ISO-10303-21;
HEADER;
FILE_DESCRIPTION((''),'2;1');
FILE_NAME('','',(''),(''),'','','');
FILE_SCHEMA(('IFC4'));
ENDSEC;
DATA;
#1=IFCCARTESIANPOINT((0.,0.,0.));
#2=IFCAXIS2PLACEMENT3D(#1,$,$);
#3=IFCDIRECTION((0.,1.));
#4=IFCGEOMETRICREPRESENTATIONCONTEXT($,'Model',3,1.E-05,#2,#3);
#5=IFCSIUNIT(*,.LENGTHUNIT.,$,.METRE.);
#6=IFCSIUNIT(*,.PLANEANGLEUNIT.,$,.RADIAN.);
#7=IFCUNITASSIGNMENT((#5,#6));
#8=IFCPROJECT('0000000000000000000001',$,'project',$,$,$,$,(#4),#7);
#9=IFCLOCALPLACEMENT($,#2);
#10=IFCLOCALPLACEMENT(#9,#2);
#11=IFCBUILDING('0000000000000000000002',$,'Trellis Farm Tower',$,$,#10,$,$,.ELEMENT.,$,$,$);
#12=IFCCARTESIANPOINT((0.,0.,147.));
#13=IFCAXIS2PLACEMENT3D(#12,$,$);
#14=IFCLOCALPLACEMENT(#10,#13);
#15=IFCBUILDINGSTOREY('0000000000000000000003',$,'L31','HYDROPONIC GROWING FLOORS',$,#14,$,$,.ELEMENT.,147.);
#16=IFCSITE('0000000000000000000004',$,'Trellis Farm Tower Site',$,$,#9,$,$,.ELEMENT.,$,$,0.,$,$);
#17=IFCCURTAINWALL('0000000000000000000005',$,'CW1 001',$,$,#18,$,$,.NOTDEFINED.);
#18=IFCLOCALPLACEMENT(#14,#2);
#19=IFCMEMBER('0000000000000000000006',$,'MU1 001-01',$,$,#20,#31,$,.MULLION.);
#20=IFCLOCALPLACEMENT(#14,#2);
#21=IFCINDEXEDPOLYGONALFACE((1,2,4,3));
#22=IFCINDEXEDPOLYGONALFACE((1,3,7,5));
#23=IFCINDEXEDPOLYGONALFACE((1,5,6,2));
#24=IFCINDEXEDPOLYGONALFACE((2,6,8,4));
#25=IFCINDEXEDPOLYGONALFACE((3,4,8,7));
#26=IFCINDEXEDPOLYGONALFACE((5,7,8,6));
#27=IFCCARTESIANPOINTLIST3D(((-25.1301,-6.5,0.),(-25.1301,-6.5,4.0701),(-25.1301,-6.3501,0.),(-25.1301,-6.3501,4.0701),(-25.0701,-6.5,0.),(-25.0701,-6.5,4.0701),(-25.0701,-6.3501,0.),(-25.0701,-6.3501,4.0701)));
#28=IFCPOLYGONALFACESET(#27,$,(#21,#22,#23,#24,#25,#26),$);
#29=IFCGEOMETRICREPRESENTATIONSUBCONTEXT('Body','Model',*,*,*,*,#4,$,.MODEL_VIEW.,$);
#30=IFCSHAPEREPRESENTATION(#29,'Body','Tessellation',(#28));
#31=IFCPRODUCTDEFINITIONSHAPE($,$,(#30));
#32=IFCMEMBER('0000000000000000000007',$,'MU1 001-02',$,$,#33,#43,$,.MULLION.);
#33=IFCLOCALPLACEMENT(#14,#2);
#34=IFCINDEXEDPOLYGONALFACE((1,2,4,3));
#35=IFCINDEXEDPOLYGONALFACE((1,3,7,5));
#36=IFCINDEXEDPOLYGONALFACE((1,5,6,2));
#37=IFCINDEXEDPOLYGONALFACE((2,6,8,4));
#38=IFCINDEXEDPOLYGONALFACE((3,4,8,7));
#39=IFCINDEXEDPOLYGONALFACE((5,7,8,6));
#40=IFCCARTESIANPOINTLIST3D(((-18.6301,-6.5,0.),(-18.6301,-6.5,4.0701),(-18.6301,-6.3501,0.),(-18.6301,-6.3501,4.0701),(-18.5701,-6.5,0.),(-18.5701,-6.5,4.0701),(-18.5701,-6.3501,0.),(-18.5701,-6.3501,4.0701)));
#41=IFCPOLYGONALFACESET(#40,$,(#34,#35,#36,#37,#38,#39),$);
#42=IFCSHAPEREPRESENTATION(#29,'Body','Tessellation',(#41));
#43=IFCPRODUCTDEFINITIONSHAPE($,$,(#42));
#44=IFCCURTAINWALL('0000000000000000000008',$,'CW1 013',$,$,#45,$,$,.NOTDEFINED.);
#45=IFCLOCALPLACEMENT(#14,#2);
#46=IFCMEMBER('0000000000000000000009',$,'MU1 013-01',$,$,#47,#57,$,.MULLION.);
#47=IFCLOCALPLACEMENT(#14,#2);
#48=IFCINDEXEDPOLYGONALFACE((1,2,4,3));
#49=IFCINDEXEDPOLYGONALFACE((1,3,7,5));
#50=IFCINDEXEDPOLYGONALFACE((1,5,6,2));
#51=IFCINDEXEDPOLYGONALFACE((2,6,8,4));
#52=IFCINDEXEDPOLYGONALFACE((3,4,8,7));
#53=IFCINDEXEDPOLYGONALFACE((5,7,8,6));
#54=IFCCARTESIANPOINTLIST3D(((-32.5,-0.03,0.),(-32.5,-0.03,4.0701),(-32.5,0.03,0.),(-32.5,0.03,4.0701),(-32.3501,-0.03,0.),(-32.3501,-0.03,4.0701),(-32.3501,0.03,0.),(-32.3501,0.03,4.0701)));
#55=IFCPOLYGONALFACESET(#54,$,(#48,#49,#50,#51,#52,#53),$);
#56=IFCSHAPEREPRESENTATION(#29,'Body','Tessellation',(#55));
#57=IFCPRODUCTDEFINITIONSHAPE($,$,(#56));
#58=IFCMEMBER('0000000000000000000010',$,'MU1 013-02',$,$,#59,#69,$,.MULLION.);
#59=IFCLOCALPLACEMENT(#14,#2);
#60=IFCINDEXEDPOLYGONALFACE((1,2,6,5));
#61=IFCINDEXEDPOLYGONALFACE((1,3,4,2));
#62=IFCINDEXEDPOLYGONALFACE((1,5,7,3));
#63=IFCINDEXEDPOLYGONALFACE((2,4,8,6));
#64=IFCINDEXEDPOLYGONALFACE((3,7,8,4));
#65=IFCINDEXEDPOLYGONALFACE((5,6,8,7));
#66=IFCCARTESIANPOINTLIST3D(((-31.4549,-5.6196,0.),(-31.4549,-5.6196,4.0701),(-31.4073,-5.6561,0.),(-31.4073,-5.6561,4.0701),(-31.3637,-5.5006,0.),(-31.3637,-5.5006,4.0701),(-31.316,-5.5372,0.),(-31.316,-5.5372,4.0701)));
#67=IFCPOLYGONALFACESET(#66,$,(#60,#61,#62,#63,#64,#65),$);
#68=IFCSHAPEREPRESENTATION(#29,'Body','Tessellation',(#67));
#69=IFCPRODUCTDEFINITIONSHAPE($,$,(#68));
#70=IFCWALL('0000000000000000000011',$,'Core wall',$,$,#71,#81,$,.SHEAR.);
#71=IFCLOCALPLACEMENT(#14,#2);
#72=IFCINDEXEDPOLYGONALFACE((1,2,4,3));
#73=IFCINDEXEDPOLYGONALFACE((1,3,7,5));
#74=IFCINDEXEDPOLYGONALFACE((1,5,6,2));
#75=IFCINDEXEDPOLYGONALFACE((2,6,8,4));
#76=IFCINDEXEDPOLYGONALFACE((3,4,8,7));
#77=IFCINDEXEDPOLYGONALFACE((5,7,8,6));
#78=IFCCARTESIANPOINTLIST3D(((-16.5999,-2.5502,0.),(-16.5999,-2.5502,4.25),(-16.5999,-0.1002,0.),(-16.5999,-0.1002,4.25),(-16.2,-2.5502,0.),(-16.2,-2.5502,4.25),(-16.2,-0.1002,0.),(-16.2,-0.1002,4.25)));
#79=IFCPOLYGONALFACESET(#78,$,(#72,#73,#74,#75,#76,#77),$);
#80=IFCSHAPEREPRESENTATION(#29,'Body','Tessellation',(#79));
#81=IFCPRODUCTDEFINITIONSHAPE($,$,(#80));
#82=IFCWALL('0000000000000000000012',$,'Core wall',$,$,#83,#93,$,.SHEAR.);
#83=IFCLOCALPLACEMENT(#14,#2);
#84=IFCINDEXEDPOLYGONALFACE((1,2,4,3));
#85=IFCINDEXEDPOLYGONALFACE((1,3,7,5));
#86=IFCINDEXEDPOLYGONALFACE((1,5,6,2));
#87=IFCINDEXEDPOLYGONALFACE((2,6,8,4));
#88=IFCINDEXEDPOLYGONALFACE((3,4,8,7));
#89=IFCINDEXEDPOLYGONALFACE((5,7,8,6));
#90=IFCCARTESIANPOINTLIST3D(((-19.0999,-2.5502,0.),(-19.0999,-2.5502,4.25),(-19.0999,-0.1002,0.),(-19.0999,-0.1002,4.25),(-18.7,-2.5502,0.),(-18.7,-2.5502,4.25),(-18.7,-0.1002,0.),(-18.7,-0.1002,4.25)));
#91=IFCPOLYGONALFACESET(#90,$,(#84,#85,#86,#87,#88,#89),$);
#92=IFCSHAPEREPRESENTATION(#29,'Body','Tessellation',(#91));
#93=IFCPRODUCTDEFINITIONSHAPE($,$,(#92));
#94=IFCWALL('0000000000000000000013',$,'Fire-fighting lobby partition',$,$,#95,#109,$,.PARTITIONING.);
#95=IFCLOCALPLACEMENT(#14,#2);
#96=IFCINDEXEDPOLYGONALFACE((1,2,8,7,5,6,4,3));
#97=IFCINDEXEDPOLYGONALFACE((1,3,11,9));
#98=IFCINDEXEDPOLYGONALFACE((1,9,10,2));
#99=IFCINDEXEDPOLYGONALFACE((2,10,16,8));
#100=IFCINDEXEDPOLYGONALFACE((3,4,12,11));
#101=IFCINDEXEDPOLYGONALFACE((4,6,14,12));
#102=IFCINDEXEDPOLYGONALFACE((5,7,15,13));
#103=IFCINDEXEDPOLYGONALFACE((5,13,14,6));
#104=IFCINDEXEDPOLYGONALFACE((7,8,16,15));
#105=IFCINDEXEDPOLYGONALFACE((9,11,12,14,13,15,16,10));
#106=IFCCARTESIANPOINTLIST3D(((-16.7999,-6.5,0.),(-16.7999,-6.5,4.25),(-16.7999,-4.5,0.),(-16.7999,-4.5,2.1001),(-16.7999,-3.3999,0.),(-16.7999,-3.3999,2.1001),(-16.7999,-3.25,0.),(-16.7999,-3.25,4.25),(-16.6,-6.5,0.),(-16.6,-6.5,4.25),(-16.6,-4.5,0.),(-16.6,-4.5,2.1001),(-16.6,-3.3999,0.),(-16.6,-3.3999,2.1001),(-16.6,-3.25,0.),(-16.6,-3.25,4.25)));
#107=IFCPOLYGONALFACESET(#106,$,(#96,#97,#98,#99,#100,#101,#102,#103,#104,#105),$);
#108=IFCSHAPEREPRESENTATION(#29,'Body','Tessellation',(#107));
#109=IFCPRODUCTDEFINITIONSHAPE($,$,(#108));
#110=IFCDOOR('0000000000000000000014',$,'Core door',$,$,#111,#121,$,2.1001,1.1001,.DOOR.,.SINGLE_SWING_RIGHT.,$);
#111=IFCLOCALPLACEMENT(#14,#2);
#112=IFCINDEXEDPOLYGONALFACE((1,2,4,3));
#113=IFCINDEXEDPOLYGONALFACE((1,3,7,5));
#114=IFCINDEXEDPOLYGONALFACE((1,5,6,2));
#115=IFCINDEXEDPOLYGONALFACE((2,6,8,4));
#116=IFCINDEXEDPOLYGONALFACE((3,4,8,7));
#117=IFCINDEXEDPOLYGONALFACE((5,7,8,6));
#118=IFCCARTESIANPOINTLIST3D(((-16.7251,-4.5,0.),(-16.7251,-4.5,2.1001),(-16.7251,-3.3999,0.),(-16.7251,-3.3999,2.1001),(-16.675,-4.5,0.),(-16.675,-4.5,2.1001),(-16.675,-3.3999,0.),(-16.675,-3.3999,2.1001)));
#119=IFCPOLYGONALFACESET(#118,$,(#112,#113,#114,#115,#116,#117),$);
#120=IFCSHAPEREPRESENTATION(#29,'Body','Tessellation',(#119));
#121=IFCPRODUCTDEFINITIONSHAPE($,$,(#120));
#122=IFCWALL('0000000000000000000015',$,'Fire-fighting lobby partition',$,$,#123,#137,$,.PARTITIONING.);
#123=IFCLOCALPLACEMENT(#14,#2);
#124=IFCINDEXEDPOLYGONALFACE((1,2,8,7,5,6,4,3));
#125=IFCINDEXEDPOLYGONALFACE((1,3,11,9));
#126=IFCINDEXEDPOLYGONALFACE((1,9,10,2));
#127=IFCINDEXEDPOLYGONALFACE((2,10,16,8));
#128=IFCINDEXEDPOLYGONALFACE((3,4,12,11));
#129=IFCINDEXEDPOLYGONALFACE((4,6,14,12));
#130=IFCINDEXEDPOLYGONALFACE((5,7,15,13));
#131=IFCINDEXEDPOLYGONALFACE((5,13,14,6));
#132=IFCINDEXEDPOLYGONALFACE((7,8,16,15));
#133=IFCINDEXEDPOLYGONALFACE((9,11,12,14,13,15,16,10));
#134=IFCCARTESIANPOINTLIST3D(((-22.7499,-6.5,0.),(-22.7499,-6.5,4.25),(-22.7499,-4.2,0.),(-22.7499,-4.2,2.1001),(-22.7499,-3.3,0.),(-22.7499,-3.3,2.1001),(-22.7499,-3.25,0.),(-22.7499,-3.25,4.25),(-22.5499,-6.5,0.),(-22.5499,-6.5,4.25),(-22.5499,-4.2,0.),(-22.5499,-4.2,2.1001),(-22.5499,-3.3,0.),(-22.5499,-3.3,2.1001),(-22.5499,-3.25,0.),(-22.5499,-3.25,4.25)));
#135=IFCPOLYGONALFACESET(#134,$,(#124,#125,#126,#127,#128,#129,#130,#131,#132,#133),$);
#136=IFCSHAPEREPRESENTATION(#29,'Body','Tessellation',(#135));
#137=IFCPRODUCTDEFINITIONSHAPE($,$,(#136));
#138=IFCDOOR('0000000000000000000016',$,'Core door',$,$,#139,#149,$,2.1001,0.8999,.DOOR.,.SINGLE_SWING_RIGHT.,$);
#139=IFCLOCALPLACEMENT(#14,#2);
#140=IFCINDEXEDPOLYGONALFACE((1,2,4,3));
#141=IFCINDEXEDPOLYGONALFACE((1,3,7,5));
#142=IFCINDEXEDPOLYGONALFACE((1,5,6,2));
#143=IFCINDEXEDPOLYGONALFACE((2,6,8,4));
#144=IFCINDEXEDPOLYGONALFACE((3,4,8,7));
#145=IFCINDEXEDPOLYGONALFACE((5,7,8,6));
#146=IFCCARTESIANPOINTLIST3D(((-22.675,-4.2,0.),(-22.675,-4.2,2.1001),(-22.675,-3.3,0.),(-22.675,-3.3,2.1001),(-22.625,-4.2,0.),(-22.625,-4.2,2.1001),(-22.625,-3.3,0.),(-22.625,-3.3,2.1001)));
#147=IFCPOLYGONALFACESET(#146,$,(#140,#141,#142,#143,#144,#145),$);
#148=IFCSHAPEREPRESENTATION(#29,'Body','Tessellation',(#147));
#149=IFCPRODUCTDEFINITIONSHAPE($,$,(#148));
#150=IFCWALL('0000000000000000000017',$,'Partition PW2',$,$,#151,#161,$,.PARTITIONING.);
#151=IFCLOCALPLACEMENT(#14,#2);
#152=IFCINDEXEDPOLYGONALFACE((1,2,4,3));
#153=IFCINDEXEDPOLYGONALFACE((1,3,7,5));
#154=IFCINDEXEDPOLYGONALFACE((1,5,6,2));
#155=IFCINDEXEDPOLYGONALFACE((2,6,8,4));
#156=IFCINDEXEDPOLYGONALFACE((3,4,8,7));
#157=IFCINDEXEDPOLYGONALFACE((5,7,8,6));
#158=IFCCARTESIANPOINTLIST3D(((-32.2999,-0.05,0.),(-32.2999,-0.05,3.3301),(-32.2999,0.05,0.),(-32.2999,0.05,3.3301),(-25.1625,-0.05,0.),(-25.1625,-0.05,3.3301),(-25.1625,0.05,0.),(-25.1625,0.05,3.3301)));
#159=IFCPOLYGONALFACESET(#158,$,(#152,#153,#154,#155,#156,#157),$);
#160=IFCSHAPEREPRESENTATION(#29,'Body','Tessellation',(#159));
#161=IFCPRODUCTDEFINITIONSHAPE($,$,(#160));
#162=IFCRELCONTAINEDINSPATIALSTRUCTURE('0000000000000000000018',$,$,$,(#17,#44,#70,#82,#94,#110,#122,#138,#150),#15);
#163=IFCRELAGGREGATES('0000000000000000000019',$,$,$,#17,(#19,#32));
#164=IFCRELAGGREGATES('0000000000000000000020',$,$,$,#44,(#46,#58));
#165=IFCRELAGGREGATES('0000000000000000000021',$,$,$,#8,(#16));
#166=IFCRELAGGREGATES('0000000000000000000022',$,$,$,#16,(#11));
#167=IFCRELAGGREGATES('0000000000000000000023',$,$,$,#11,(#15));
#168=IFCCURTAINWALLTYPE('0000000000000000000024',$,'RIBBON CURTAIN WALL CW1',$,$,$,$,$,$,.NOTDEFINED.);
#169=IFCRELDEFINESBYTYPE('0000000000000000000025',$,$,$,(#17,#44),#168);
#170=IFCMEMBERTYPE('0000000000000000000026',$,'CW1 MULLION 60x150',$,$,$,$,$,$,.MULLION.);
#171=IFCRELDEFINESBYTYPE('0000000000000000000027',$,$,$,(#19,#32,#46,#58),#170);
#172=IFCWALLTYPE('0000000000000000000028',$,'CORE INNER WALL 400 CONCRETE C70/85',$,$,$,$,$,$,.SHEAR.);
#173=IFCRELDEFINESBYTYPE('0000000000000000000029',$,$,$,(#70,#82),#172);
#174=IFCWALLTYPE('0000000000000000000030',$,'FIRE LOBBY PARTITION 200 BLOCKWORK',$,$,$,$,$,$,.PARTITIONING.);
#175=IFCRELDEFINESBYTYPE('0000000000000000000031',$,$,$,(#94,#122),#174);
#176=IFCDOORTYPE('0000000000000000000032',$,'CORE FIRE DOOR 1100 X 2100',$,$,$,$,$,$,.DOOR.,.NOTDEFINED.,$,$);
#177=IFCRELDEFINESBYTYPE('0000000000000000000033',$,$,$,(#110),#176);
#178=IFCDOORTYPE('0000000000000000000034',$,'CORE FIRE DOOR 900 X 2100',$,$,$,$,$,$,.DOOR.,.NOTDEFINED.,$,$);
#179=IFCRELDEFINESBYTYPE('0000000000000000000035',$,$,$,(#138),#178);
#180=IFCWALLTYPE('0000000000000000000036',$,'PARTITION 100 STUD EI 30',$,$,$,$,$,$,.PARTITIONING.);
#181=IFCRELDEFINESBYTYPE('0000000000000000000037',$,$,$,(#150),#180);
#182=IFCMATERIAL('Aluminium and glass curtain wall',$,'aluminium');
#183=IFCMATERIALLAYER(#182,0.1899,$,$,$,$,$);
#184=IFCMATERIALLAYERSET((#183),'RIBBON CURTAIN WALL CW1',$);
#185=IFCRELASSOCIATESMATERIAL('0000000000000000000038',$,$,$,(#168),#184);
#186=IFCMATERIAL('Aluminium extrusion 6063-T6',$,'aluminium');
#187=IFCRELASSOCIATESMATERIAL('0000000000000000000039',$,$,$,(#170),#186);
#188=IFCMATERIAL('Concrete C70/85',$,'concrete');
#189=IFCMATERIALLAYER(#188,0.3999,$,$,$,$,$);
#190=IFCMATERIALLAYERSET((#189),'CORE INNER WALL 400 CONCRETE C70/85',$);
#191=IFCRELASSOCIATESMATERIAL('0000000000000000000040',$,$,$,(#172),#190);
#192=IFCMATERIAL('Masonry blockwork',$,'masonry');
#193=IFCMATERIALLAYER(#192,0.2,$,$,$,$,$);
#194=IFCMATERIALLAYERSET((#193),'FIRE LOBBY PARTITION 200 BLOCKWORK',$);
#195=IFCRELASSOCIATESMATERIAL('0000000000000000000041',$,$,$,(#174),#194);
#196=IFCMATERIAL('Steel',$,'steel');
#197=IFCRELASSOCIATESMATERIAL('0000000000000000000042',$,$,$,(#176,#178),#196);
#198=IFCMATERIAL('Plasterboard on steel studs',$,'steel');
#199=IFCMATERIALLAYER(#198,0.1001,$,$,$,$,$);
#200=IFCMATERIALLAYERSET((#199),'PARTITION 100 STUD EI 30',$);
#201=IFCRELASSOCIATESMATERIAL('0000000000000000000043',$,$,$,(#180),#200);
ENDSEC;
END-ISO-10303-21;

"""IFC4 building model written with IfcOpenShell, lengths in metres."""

from ifc_helpers import new_model, si_unit, direction, frame, frame_2d, origin, origin_2d, place, context, subcontext, project, spatial, rectangle, extrude, source, transform, mapped, material, layer, layer_set, material_profile, profile_set, type_object, element, fill, aggregate, save


model = new_model("IFC4")

# Units and contexts
model_context = context("Model", 3, precision=1e-05, world=origin(), true_north=direction((0.0, 1.0)))
body_context = subcontext(model_context, "Body", "Model", "MODEL_VIEW")
ifc_project = project(units=[si_unit("LENGTHUNIT", "METRE"), si_unit("PLANEANGLEUNIT", "RADIAN")], contexts=[model_context])

# Site, building, storey
site_placement = place(None, origin())
site = spatial("IfcSite", under=ifc_project, at=site_placement, Name="Trellis Farm Tower Site", CompositionType="ELEMENT", RefElevation=0.0)
building_placement = place(site_placement, origin())
building = spatial("IfcBuilding", under=site, at=building_placement, Name="Trellis Farm Tower", CompositionType="ELEMENT")
storey_placement = place(building_placement, frame((0.0, 0.0, 147.0)))
storey = spatial("IfcBuildingStorey", under=building, at=storey_placement, Name="L31", Description="HYDROPONIC GROWING FLOORS", CompositionType="ELEMENT", Elevation=147.0)

# Curtain walls, members
ifc_material_1 = material(Name="Aluminium and glass curtain wall", Category="aluminium")
ifc_layer_1 = layer(ifc_material_1, 0.1899)
ifc_layer_set_1 = layer_set([ifc_layer_1], Name="RIBBON CURTAIN WALL CW1")
curtain_wall_type = type_object("IfcCurtainWallType", Name="RIBBON CURTAIN WALL CW1", PredefinedType="NOTDEFINED", material=ifc_layer_set_1)
placement = place(storey_placement, origin())
curtain_wall_1 = element("IfcCurtainWall", 1, at=placement, inside=storey, type_object=curtain_wall_type, Name="CW1 001", PredefinedType="NOTDEFINED")
ifc_material_2 = material(Name="Aluminium extrusion 6063-T6", Category="aluminium")
ifc_material_profile_1 = material_profile(ifc_material_2, rectangle(XDim=0.0601, YDim=0.1499, at=origin_2d()), Name="MULLION 60x150")
ifc_profile_set_1 = profile_set([ifc_material_profile_1], Name="Aluminium extrusion 6063-T6")
member_type = type_object("IfcMemberType", Name="CW1 MULLION 60x150", PredefinedType="MULLION", material=ifc_profile_set_1)
shared_shape_1 = source(origin(), body_context, "Body", "SweptSolid", [
    extrude(rectangle(XDim=0.0601, YDim=0.1499, at=origin_2d()), origin(), (0.0, 0.0, 1.0), 4.0701),
])
member_1_placement = place(storey_placement, frame((-25.1001, -6.425, 0.0), z_axis=(0.0, 0.0, 1.0), x_axis=(1.0, 0.0, 0.0)))
member_1 = element("IfcMember", 2, at=member_1_placement, type_object=member_type, Name="MU1 001-01", PredefinedType="MULLION", context=body_context, shape_type="MappedRepresentation", body=[
    mapped(shared_shape_1, transform((0.0, 0.0, 0.0))),
])
member_2_placement = place(storey_placement, frame((-18.6001, -6.425, 0.0), z_axis=(0.0, 0.0, 1.0), x_axis=(1.0, 0.0, 0.0)))
member_2 = element("IfcMember", 3, at=member_2_placement, type_object=member_type, Name="MU1 001-02", PredefinedType="MULLION", context=body_context, shape_type="MappedRepresentation", body=[
    mapped(shared_shape_1, transform((0.0, 0.0, 0.0))),
])
aggregate(curtain_wall_1, [member_1, member_2])
curtain_wall_2 = element("IfcCurtainWall", 4, at=placement, inside=storey, type_object=curtain_wall_type, Name="CW1 013", PredefinedType="NOTDEFINED")
member_3_placement = place(storey_placement, frame((-32.425, 0.0, 0.0), z_axis=(0.0, 0.0, 1.0), x_axis=(0.0, -1.0, 0.0)))
member_3 = element("IfcMember", 5, at=member_3_placement, type_object=member_type, Name="MU1 013-01", PredefinedType="MULLION", context=body_context, shape_type="MappedRepresentation", body=[
    mapped(shared_shape_1, transform((0.0, 0.0, 0.0))),
])
member_4_placement = place(storey_placement, frame((-31.3855, -5.5784, 0.0), z_axis=(0.0, 0.0, 1.0), x_axis=(0.793353, -0.608761, 0.0)))
member_4 = element("IfcMember", 6, at=member_4_placement, type_object=member_type, Name="MU1 013-02", PredefinedType="MULLION", context=body_context, shape_type="MappedRepresentation", body=[
    mapped(shared_shape_1, transform((0.0, 0.0, 0.0))),
])
aggregate(curtain_wall_2, [member_3, member_4])

# Walls
ifc_material_3 = material(Name="Concrete C70/85", Category="concrete")
ifc_layer_2 = layer(ifc_material_3, 0.3999)
ifc_layer_set_2 = layer_set([ifc_layer_2], Name="CORE INNER WALL 400 CONCRETE C70/85")
wall_type_1 = type_object("IfcWallType", Name="CORE INNER WALL 400 CONCRETE C70/85", PredefinedType="SHEAR", material=ifc_layer_set_2)
shared_shape_2 = source(origin(), body_context, "Body", "SweptSolid", [
    extrude(rectangle(XDim=2.45, YDim=0.3999, at=frame_2d((1.2251, 0.0))), origin(), (0.0, 0.0, 1.0), 4.25),
])
for number, where, z_axis, x_axis, name in (
    (7, (-16.3999, -0.1001, 0.0), (0.0, 0.0, 1.0), (0.0, -1.0, 0.0), "Core wall"),
    (8, (-18.8999, -0.1001, 0.0), (0.0, 0.0, 1.0), (0.0, -1.0, 0.0), "Core wall"),
):
    element("IfcWall", number, at=place(storey_placement, frame(where, z_axis=z_axis, x_axis=x_axis)), inside=storey, type_object=wall_type_1, Name=name, PredefinedType="SHEAR", context=body_context, shape_type="MappedRepresentation", body=[
        mapped(shared_shape_2, transform((0.0, 0.0, 0.0))),
    ])

# Walls, openings, doors
ifc_material_4 = material(Name="Masonry blockwork", Category="masonry")
ifc_layer_3 = layer(ifc_material_4, 0.2)
ifc_layer_set_3 = layer_set([ifc_layer_3], Name="FIRE LOBBY PARTITION 200 BLOCKWORK")
wall_type_2 = type_object("IfcWallType", Name="FIRE LOBBY PARTITION 200 BLOCKWORK", PredefinedType="PARTITIONING", material=ifc_layer_set_3)
shared_shape_3 = source(origin(), body_context, "Body", "SweptSolid", [
    extrude(rectangle(XDim=3.25, YDim=0.2, at=frame_2d((1.625, 0.0))), origin(), (0.0, 0.0, 1.0), 4.25),
])
wall_1_placement = place(storey_placement, frame((-16.7, -3.25, 0.0), z_axis=(0.0, 0.0, 1.0), x_axis=(0.0, -1.0, 0.0)))
wall_1 = element("IfcWall", 9, at=wall_1_placement, inside=storey, type_object=wall_type_2, Name="Fire-fighting lobby partition", PredefinedType="PARTITIONING", context=body_context, shape_type="MappedRepresentation", body=[
    mapped(shared_shape_3, transform((0.0, 0.0, 0.0))),
])
shared_shape_4 = source(origin(), body_context, "Body", "SweptSolid", [
    extrude(rectangle(XDim=1.1001, YDim=2.1001, at=frame_2d((0.55, 1.05))), frame((0.0, 0.1101, 0.0), z_axis=(0.0, -1.0, 0.0), x_axis=(1.0, 0.0, 0.0)), (0.0, 0.0, 1.0), 0.2202),
])
opening_1_placement = place(wall_1_placement, frame((0.1499, 0.0, 0.0)))
opening_1 = element("IfcOpeningElement", 10, at=opening_1_placement, cuts=wall_1, PredefinedType="OPENING", context=body_context, shape_type="MappedRepresentation", body=[
    mapped(shared_shape_4, transform((0.0, 0.0, 0.0))),
])
ifc_material_5 = material(Name="Steel", Category="steel")
door_type_1 = type_object("IfcDoorType", Name="CORE FIRE DOOR 1100 X 2100", OperationType="NOTDEFINED", PredefinedType="DOOR", material=ifc_material_5)
shared_shape_5 = source(origin(), body_context, "Body", "SweptSolid", [
    extrude(rectangle(XDim=1.1001, YDim=2.1001, at=frame_2d((0.55, 1.05))), frame((0.0, 0.0249, 0.0), z_axis=(0.0, -1.0, 0.0), x_axis=(1.0, 0.0, 0.0)), (0.0, 0.0, 1.0), 0.05),
])
door_1_placement = place(opening_1_placement, origin())
door_1 = element("IfcDoor", 11, at=door_1_placement, inside=storey, type_object=door_type_1, Name="Core door", OperationType="SINGLE_SWING_RIGHT", OverallHeight=2.1001, OverallWidth=1.1001, PredefinedType="DOOR", context=body_context, shape_type="MappedRepresentation", body=[
    mapped(shared_shape_5, transform((0.0, 0.0, 0.0))),
])
fill(opening_1, door_1)
wall_2_placement = place(storey_placement, frame((-22.6499, -3.25, 0.0), z_axis=(0.0, 0.0, 1.0), x_axis=(0.0, -1.0, 0.0)))
wall_2 = element("IfcWall", 12, at=wall_2_placement, inside=storey, type_object=wall_type_2, Name="Fire-fighting lobby partition", PredefinedType="PARTITIONING", context=body_context, shape_type="MappedRepresentation", body=[
    mapped(shared_shape_3, transform((0.0, 0.0, 0.0))),
])
shared_shape_6 = source(origin(), body_context, "Body", "SweptSolid", [
    extrude(rectangle(XDim=0.8999, YDim=2.1001, at=frame_2d((0.45, 1.05))), frame((0.0, 0.1101, 0.0), z_axis=(0.0, -1.0, 0.0), x_axis=(1.0, 0.0, 0.0)), (0.0, 0.0, 1.0), 0.2202),
])
opening_2_placement = place(wall_2_placement, frame((0.05, 0.0, 0.0)))
opening_2 = element("IfcOpeningElement", 13, at=opening_2_placement, cuts=wall_2, PredefinedType="OPENING", context=body_context, shape_type="MappedRepresentation", body=[
    mapped(shared_shape_6, transform((0.0, 0.0, 0.0))),
])
door_type_2 = type_object("IfcDoorType", Name="CORE FIRE DOOR 900 X 2100", OperationType="NOTDEFINED", PredefinedType="DOOR", material=ifc_material_5)
shared_shape_7 = source(origin(), body_context, "Body", "SweptSolid", [
    extrude(rectangle(XDim=0.8999, YDim=2.1001, at=frame_2d((0.45, 1.05))), frame((0.0, 0.0249, 0.0), z_axis=(0.0, -1.0, 0.0), x_axis=(1.0, 0.0, 0.0)), (0.0, 0.0, 1.0), 0.05),
])
door_2_placement = place(opening_2_placement, origin())
door_2 = element("IfcDoor", 14, at=door_2_placement, inside=storey, type_object=door_type_2, Name="Core door", OperationType="SINGLE_SWING_RIGHT", OverallHeight=2.1001, OverallWidth=0.8999, PredefinedType="DOOR", context=body_context, shape_type="MappedRepresentation", body=[
    mapped(shared_shape_7, transform((0.0, 0.0, 0.0))),
])
fill(opening_2, door_2)

# Wall
ifc_material_6 = material(Name="Plasterboard on steel studs", Category="steel")
ifc_layer_4 = layer(ifc_material_6, 0.1001)
ifc_layer_set_4 = layer_set([ifc_layer_4], Name="PARTITION 100 STUD EI 30")
wall_type_3 = type_object("IfcWallType", Name="PARTITION 100 STUD EI 30", PredefinedType="PARTITIONING", material=ifc_layer_set_4)
shared_shape_8 = source(origin(), body_context, "Body", "SweptSolid", [
    extrude(rectangle(XDim=7.1375, YDim=0.1001, at=frame_2d((3.5688, 0.0))), origin(), (0.0, 0.0, 1.0), 3.3301),
])
wall_3_placement = place(storey_placement, frame((-32.3, 0.0, 0.0), z_axis=(0.0, 0.0, 1.0), x_axis=(1.0, 0.0, 0.0)))
element("IfcWall", 15, at=wall_3_placement, inside=storey, type_object=wall_type_3, Name="Partition PW2", PredefinedType="PARTITIONING", context=body_context, shape_type="MappedRepresentation", body=[
    mapped(shared_shape_8, transform((0.0, 0.0, 0.0))),
])

save(model, "model.ifc")
